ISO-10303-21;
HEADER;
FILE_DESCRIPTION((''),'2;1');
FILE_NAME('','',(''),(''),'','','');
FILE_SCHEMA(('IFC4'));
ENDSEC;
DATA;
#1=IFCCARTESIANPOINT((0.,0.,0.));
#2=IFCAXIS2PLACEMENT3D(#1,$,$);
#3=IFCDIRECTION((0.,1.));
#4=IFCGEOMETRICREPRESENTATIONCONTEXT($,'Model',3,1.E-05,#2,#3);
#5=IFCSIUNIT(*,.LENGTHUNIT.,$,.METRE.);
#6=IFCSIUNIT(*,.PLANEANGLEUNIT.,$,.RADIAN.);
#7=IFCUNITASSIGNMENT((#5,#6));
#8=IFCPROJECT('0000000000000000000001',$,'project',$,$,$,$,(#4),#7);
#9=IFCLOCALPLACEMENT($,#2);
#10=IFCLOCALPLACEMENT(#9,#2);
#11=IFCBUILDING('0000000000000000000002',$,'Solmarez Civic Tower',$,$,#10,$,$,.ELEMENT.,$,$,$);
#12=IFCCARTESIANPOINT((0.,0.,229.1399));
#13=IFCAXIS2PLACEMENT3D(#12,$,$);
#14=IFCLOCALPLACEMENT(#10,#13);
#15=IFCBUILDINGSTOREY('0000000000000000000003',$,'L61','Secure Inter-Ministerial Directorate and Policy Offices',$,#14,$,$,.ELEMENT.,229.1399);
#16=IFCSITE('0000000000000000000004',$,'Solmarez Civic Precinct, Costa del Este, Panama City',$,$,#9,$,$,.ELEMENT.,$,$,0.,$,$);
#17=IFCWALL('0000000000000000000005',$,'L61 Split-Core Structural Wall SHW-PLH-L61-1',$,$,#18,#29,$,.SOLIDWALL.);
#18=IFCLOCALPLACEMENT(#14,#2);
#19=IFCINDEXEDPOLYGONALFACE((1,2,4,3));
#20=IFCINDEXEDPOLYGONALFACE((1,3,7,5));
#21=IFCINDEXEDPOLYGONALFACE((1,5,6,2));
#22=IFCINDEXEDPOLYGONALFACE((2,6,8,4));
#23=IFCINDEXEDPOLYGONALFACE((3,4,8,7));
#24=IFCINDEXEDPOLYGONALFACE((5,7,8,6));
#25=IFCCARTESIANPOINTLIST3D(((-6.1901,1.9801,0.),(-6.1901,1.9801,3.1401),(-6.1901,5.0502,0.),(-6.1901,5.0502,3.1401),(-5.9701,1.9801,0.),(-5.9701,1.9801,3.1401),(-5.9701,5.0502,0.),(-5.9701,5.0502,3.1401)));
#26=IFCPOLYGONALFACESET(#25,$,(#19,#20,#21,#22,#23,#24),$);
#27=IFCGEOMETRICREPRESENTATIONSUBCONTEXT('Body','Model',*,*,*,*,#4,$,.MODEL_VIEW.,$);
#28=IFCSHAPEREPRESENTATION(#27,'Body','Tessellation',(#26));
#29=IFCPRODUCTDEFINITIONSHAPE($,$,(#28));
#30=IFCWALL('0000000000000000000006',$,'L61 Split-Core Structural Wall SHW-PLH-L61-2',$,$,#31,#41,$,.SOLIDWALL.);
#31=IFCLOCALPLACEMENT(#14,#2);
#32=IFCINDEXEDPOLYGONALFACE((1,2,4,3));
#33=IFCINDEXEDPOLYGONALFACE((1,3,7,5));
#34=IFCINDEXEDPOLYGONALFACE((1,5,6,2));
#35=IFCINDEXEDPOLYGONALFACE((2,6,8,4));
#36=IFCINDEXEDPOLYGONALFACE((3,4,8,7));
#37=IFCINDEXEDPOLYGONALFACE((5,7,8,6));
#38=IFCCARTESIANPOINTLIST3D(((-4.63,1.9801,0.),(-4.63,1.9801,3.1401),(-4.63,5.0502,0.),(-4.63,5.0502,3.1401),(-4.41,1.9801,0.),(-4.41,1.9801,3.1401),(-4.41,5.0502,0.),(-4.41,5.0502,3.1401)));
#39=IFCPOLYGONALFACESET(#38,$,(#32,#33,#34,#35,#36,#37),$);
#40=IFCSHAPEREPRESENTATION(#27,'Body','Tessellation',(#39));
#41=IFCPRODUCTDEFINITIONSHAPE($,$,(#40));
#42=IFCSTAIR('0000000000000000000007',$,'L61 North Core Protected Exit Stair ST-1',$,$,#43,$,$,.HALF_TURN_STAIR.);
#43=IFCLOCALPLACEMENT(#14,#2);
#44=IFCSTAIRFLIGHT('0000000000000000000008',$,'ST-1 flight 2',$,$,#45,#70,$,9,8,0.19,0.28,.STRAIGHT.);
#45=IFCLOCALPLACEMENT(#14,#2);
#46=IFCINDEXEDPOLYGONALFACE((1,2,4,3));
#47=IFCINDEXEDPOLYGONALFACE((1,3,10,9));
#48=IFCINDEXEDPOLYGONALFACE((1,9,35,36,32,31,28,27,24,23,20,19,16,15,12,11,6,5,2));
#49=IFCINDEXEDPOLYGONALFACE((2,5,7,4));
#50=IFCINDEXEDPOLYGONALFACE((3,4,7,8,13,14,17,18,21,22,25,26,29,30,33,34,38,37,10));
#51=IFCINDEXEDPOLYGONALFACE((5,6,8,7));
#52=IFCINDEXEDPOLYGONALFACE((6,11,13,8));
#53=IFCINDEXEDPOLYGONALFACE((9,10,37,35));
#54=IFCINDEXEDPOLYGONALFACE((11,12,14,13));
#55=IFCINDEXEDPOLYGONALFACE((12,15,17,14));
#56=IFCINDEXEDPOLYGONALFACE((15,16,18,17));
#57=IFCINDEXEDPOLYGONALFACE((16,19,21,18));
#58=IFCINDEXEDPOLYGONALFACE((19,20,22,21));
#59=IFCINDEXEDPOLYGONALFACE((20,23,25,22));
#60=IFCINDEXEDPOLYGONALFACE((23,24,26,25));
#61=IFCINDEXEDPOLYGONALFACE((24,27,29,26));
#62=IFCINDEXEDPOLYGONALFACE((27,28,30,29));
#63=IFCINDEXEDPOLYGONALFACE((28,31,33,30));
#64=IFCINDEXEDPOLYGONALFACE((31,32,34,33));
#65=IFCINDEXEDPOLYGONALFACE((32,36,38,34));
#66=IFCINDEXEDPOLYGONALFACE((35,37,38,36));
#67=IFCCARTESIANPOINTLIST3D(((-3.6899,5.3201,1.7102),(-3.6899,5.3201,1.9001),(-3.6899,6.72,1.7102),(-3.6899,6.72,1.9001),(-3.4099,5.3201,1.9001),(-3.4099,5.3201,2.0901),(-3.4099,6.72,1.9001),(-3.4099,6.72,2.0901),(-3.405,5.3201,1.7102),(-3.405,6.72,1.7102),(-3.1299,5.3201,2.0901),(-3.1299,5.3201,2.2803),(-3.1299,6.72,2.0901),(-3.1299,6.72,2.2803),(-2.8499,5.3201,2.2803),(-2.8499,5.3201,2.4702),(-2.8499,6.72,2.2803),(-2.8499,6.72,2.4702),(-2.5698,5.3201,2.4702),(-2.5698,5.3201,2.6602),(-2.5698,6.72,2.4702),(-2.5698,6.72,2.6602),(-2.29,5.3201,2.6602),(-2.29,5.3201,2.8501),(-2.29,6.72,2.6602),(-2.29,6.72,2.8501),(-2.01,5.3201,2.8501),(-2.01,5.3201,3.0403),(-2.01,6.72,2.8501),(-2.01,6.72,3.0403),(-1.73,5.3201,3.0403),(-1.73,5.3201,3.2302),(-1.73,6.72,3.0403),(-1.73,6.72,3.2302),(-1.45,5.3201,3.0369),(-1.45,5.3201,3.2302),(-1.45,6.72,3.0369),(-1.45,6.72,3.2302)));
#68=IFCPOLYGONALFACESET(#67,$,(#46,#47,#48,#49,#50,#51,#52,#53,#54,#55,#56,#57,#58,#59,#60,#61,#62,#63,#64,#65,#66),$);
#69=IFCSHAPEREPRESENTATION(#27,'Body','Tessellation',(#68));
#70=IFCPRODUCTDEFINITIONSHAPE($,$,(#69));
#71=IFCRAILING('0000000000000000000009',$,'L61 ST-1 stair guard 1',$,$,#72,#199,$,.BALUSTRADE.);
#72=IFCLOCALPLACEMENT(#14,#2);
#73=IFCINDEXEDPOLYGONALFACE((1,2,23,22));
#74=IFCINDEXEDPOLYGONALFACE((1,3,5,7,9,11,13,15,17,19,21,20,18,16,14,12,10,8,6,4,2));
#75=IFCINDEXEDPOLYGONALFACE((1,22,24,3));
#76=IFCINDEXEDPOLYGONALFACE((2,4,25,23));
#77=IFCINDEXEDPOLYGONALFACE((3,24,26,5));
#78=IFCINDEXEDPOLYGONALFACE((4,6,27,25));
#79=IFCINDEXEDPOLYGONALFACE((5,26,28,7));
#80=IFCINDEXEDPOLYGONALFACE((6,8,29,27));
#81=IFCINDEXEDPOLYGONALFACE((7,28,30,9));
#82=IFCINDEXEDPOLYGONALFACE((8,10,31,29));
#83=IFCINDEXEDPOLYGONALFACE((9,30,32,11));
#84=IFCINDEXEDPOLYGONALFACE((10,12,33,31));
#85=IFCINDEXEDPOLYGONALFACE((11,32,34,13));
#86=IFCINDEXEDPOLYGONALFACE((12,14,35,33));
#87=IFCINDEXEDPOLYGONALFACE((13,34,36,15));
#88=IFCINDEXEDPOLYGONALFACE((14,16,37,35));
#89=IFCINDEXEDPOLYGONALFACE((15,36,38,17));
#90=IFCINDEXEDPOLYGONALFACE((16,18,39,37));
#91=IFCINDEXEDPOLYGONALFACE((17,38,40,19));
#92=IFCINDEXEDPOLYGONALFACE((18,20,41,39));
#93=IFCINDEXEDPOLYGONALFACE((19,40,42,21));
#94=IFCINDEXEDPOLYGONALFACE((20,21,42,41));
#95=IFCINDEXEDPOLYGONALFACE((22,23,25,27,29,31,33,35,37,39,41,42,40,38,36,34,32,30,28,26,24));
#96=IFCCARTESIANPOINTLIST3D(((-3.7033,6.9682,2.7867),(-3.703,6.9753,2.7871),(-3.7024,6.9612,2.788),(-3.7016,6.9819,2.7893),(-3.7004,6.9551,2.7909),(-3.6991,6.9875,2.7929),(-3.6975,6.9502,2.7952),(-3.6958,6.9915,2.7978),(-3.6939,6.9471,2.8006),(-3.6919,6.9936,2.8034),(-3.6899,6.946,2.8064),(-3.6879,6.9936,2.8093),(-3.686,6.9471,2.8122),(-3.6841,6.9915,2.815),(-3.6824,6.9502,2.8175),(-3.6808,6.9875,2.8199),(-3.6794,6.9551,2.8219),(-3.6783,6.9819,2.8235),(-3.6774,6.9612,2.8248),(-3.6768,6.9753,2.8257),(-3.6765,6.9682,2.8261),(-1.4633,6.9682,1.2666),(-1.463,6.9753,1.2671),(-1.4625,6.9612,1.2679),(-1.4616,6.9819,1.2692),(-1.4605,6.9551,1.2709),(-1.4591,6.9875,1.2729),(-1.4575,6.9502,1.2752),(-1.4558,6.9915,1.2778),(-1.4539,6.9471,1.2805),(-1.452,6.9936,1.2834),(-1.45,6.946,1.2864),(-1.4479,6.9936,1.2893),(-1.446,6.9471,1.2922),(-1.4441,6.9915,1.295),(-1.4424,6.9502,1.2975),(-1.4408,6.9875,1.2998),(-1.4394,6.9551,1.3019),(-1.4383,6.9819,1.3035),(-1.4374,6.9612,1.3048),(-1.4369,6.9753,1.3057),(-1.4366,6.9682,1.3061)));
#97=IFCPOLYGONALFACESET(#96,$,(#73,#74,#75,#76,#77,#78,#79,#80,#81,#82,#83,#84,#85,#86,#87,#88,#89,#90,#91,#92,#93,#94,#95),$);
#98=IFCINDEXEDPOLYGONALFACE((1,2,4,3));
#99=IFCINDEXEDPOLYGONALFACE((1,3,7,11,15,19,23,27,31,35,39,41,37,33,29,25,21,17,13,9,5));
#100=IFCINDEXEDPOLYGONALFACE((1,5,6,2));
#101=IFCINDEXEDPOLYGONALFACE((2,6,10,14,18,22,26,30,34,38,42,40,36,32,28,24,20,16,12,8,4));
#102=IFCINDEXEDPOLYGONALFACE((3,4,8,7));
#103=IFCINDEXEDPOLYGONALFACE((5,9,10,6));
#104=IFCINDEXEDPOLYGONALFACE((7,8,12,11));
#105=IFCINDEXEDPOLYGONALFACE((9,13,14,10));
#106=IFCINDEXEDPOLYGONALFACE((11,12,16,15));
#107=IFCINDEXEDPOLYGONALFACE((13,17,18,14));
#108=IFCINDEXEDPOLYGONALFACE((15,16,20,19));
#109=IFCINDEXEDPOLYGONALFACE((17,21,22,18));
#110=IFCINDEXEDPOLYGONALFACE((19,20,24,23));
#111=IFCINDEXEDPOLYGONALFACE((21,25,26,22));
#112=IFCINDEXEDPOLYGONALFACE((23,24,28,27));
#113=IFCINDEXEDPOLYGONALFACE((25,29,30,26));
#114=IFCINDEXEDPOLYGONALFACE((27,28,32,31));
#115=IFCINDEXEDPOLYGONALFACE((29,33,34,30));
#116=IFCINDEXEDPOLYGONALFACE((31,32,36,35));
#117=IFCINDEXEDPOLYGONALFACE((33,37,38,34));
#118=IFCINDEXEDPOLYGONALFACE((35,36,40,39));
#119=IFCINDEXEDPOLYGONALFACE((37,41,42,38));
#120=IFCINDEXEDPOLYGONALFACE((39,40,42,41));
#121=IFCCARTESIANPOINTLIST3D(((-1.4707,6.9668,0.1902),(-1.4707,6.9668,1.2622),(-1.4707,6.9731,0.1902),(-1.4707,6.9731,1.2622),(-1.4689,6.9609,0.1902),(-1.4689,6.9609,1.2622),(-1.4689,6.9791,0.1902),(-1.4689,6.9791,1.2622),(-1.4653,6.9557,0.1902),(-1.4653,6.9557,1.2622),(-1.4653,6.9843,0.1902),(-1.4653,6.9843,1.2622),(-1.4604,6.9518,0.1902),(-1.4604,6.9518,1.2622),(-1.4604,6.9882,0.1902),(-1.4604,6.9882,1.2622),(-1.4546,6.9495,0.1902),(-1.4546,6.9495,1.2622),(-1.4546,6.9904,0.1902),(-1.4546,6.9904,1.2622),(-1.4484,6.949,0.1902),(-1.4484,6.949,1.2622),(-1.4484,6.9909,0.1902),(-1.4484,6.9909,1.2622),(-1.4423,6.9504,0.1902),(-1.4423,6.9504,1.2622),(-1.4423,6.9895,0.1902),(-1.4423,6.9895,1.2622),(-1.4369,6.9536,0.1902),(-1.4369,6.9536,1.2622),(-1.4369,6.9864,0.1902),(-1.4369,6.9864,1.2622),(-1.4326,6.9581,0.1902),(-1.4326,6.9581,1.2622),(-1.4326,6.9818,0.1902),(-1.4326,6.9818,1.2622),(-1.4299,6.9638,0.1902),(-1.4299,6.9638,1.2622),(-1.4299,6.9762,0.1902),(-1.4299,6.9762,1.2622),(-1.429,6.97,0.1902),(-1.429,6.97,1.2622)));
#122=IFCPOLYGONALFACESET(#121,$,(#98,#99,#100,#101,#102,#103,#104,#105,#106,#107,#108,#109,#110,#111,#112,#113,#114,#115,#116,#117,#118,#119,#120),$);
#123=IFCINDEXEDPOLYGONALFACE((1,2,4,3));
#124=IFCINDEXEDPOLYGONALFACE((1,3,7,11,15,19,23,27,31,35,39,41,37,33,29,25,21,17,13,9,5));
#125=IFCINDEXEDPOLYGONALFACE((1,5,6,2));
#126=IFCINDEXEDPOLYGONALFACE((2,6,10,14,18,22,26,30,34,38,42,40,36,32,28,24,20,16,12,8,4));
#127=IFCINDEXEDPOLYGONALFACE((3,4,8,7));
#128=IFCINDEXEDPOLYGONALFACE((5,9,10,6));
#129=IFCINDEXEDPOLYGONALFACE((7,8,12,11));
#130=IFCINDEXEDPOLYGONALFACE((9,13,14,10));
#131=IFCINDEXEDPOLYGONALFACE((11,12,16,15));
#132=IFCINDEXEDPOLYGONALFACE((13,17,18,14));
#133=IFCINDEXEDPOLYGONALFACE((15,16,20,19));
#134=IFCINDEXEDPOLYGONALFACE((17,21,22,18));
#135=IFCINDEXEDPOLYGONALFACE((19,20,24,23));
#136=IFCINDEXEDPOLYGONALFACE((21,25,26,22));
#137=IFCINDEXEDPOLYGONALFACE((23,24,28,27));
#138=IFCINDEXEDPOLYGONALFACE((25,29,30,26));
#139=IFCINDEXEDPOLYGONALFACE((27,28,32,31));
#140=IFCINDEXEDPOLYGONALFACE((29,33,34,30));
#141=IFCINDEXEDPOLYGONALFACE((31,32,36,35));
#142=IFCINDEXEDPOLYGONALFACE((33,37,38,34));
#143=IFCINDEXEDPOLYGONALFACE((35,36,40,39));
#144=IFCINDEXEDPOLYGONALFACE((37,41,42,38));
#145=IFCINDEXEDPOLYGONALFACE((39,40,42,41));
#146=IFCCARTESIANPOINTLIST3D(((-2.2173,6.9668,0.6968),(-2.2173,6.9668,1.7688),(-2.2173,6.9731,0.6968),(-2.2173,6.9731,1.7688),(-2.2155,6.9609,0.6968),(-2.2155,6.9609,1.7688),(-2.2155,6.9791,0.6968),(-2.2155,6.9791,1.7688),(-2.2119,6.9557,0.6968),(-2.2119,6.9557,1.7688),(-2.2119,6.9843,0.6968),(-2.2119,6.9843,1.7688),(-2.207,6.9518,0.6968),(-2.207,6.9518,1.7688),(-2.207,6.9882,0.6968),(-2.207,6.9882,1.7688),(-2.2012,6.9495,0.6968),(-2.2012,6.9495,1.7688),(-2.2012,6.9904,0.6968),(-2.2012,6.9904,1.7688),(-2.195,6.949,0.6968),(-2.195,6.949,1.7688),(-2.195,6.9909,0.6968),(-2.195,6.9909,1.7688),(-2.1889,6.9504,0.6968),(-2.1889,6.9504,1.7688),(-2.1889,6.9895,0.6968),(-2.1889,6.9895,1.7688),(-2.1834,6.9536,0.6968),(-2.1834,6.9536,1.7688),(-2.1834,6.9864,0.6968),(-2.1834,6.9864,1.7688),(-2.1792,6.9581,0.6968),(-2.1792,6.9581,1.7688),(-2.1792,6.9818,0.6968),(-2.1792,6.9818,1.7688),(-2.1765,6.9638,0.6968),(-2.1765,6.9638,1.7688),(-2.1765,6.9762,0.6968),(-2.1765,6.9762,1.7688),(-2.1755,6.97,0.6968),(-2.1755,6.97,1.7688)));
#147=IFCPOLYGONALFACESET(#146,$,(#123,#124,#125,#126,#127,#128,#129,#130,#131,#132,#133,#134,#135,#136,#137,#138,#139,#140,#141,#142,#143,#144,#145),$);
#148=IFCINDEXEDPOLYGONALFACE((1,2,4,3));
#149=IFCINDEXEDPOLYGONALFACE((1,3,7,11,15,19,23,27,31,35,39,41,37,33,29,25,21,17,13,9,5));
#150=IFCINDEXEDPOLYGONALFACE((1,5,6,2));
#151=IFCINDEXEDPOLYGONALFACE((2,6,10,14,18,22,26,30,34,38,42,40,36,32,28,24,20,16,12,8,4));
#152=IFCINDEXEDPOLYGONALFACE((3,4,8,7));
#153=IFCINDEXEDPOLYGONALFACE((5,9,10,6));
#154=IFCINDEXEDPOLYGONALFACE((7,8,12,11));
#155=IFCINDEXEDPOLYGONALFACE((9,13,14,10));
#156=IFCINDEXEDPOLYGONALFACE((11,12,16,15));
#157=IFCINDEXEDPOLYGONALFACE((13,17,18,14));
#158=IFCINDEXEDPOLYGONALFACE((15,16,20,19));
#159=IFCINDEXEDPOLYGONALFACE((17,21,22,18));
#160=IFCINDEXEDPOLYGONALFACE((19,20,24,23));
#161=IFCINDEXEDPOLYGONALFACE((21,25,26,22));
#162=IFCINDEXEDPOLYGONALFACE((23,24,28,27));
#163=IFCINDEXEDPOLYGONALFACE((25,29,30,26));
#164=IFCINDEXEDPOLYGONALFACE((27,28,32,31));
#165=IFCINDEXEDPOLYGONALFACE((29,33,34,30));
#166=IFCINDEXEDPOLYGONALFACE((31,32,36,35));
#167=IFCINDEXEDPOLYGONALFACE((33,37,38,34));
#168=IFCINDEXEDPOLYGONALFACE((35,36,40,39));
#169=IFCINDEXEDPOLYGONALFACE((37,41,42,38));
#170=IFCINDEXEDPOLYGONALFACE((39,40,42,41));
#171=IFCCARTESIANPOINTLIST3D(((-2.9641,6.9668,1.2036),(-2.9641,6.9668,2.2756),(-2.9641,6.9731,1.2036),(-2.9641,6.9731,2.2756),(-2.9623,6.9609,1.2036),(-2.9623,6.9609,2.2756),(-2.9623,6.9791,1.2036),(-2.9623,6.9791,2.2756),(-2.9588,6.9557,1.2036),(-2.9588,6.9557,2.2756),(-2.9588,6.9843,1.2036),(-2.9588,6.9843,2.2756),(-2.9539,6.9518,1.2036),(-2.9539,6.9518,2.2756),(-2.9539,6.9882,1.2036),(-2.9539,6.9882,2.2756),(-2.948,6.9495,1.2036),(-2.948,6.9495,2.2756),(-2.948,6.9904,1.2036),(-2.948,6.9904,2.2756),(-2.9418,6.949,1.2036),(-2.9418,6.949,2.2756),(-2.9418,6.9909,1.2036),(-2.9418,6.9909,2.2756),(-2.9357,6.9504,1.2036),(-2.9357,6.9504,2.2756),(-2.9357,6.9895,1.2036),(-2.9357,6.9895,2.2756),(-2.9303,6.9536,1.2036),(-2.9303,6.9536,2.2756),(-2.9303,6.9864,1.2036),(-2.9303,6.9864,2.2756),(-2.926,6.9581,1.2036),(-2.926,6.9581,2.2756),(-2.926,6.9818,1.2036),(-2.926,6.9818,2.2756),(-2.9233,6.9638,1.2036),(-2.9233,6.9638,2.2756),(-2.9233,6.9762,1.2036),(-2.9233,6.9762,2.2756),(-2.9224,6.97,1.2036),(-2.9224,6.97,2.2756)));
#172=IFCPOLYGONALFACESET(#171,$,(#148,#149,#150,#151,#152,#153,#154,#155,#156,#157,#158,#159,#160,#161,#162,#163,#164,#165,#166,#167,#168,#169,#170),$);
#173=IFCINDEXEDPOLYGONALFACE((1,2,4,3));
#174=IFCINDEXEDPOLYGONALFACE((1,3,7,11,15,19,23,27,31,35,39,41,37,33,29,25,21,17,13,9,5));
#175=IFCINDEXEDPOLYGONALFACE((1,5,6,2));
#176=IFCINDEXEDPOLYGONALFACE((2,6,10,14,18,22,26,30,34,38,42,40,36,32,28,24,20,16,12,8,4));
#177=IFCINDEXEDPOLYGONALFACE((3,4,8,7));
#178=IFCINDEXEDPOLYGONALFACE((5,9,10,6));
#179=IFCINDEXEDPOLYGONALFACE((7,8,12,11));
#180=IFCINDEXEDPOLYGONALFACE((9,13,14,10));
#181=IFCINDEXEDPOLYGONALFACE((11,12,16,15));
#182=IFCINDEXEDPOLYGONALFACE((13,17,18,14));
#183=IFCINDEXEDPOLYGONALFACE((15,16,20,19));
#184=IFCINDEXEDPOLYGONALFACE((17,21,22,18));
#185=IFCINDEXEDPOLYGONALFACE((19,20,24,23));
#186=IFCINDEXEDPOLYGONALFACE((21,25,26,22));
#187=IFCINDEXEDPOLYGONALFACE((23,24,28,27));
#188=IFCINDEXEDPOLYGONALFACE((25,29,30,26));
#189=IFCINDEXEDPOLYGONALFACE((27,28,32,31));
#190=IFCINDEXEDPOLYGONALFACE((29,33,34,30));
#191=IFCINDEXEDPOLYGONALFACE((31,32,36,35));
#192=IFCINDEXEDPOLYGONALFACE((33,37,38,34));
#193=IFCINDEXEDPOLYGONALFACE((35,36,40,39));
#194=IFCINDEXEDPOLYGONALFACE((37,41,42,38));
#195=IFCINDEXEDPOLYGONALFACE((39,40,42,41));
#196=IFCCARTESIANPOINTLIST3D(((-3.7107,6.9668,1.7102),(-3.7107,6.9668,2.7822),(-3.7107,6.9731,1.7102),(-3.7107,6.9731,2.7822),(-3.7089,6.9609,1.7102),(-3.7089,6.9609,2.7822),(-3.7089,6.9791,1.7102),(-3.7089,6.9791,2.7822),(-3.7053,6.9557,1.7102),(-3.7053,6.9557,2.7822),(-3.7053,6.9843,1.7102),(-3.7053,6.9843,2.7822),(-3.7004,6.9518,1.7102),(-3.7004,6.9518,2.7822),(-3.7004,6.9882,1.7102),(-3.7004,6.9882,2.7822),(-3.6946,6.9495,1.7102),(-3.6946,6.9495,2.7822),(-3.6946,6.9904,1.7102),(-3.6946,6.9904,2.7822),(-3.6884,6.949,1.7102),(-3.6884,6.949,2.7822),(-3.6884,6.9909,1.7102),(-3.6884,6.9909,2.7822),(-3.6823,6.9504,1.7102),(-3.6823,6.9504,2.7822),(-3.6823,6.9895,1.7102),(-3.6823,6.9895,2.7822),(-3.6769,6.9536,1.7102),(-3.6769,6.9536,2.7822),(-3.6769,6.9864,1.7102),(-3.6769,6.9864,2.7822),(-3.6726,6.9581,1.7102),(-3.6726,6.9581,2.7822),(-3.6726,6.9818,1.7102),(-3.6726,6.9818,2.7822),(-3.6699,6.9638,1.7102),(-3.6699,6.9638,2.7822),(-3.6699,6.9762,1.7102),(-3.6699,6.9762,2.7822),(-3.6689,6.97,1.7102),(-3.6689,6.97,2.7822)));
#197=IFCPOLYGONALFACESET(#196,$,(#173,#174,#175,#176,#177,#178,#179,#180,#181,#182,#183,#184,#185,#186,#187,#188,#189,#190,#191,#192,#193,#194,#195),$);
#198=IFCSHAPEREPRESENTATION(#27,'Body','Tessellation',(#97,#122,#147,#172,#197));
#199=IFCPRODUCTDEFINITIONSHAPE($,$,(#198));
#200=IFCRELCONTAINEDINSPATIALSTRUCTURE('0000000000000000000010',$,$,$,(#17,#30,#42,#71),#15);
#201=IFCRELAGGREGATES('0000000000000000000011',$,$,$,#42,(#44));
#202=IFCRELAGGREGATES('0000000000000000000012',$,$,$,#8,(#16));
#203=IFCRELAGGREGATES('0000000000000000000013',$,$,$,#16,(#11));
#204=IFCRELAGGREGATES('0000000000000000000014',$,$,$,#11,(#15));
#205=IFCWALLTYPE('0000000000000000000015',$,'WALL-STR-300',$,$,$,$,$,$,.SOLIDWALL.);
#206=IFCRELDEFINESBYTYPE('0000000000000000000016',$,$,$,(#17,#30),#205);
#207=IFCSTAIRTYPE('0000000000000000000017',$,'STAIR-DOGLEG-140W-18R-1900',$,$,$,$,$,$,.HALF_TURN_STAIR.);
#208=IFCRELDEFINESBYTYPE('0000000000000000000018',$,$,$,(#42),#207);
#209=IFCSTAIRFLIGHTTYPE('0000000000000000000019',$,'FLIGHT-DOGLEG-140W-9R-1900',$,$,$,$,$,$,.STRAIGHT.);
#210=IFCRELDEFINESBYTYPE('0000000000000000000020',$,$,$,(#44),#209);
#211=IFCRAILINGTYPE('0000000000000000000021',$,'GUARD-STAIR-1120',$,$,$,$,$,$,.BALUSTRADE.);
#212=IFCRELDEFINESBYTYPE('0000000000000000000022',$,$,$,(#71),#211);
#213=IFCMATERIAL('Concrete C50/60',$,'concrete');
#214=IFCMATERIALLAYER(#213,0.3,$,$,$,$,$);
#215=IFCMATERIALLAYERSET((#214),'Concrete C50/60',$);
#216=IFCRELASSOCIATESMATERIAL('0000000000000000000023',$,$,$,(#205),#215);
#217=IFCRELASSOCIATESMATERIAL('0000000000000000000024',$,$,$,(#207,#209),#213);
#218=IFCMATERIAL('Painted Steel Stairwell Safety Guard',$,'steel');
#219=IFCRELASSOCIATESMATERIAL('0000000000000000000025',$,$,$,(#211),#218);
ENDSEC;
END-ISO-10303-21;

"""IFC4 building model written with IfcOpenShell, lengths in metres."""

from ifc_helpers import new_model, si_unit, direction, frame, frame_2d, origin, origin_2d, place, context, subcontext, project, spatial, polyline, rectangle, circle, outline, extrude, material, layer, layer_set, type_object, element, aggregate, save


model = new_model("IFC4")

# Units and contexts
model_context = context("Model", 3, precision=1e-05, world=origin(), true_north=direction((0.0, 1.0)))
body_context = subcontext(model_context, "Body", "Model", "MODEL_VIEW")
ifc_project = project(units=[si_unit("LENGTHUNIT", "METRE"), si_unit("PLANEANGLEUNIT", "RADIAN")], contexts=[model_context])

# Site, building, storey
site_placement = place(None, origin())
site = spatial("IfcSite", under=ifc_project, at=site_placement, Name="Solmarez Civic Precinct, Costa del Este, Panama City", CompositionType="ELEMENT", RefElevation=0.0)
building_placement = place(site_placement, origin())
building = spatial("IfcBuilding", under=site, at=building_placement, Name="Solmarez Civic Tower", CompositionType="ELEMENT")
storey_placement = place(building_placement, frame((0.0, 0.0, 229.1399)))
storey = spatial("IfcBuildingStorey", under=building, at=storey_placement, Name="L61", Description="Secure Inter-Ministerial Directorate and Policy Offices", CompositionType="ELEMENT", Elevation=229.1399)

# Shared definitions
ifc_material_1 = material(Name="Concrete C50/60", Category="concrete")

# Walls
ifc_layer_1 = layer(ifc_material_1, 0.3)
ifc_layer_set_1 = layer_set([ifc_layer_1], Name="Concrete C50/60")
wall_type_1 = type_object("IfcWallType", Name="WALL-STR-300", PredefinedType="SOLIDWALL", material=ifc_layer_set_1)
for number, where, z_axis, x_axis, name in (
    (1, (-6.0801, 1.98, 0.0), (0.0, 0.0, 1.0), (0.0, 1.0, 0.0), "L61 Split-Core Structural Wall SHW-PLH-L61-1"),
    (2, (-4.52, 1.98, 0.0), (0.0, 0.0, 1.0), (0.0, 1.0, 0.0), "L61 Split-Core Structural Wall SHW-PLH-L61-2"),
):
    element("IfcWall", number, at=place(storey_placement, frame(where, z_axis=z_axis, x_axis=x_axis)), inside=storey, type_object=wall_type_1, Name=name, PredefinedType="SOLIDWALL", context=body_context, shape_type="SweptSolid", body=[
        extrude(rectangle(XDim=3.0701, YDim=0.22, at=frame_2d((1.5352, 0.0))), origin(), (0.0, 0.0, 1.0), 3.1401),
    ])

# Stair, stair flight
stair_type = type_object("IfcStairType", Name="STAIR-DOGLEG-140W-18R-1900", PredefinedType="HALF_TURN_STAIR", material=ifc_material_1)
stair_placement = place(storey_placement, origin())
stair = element("IfcStair", 3, at=stair_placement, inside=storey, type_object=stair_type, Name="L61 North Core Protected Exit Stair ST-1", PredefinedType="HALF_TURN_STAIR")
stair_flight_type = type_object("IfcStairFlightType", Name="FLIGHT-DOGLEG-140W-9R-1900", PredefinedType="STRAIGHT", material=ifc_material_1)
stair_flight_placement = place(storey_placement, frame((-3.6899, 6.02, 1.7102), z_axis=(0.0, 0.0, 1.0), x_axis=(1.0, 0.0, 0.0)))
stair_flight = element("IfcStairFlight", 4, at=stair_flight_placement, type_object=stair_flight_type, Name="ST-1 flight 2", NumberOfRisers=9, NumberOfTreads=8, PredefinedType="STRAIGHT", RiserHeight=0.19, TreadLength=0.28, context=body_context, shape_type="SweptSolid", body=[
    extrude(outline(polyline([(0.0, 0.0), (0.0, 0.1899), (0.28, 0.1899), (0.28, 0.3799), (0.5601, 0.3799), (0.5601, 0.5701), (0.8401, 0.5701), (0.8401, 0.76), (1.1201, 0.76), (1.1201, 0.95), (1.3999, 0.95), (1.3999, 1.1399), (1.6799, 1.1399), (1.6799, 1.3301), (1.96, 1.3301), (1.96, 1.52), (2.24, 1.52), (2.24, 1.71), (2.24, 1.3267), (0.2849, 0.0), (0.0, 0.0)])), frame((0.0, 0.7, 0.0), z_axis=(0.0, -1.0, 0.0), x_axis=(1.0, 0.0, 0.0)), (0.0, 0.0, 1.0), 1.3999),
])
aggregate(stair, [stair_flight])

# Railing
ifc_material_2 = material(Name="Painted Steel Stairwell Safety Guard", Category="steel")
railing_type_1 = type_object("IfcRailingType", Name="GUARD-STAIR-1120", PredefinedType="BALUSTRADE", material=ifc_material_2)
railing_1_placement = place(storey_placement, frame((-1.45, 6.97, 0.1902)))
element("IfcRailing", 5, at=railing_1_placement, inside=storey, type_object=railing_type_1, Name="L61 ST-1 stair guard 1", PredefinedType="BALUSTRADE", context=body_context, shape_type="SweptSolid", body=[
    extrude(circle(Radius=0.0239, at=origin_2d()), frame((0.0, 0.0, 1.0962), z_axis=(-0.827471, 0.0, 0.561508), x_axis=(0.0, -1.0, 0.0)), (0.0, 0.0, 1.0), 2.707),
    extrude(circle(Radius=0.021, at=origin_2d()), origin(), (0.0, 0.0, 1.0), 1.072),
    extrude(circle(Radius=0.021, at=origin_2d()), frame((-0.7466, 0.0, 0.5066)), (0.0, 0.0, 1.0), 1.072),
    extrude(circle(Radius=0.021, at=origin_2d()), frame((-1.4934, 0.0, 1.0134)), (0.0, 0.0, 1.0), 1.072),
    extrude(circle(Radius=0.021, at=origin_2d()), frame((-2.24, 0.0, 1.52)), (0.0, 0.0, 1.0), 1.072),
])

save(model, "model.ifc")
